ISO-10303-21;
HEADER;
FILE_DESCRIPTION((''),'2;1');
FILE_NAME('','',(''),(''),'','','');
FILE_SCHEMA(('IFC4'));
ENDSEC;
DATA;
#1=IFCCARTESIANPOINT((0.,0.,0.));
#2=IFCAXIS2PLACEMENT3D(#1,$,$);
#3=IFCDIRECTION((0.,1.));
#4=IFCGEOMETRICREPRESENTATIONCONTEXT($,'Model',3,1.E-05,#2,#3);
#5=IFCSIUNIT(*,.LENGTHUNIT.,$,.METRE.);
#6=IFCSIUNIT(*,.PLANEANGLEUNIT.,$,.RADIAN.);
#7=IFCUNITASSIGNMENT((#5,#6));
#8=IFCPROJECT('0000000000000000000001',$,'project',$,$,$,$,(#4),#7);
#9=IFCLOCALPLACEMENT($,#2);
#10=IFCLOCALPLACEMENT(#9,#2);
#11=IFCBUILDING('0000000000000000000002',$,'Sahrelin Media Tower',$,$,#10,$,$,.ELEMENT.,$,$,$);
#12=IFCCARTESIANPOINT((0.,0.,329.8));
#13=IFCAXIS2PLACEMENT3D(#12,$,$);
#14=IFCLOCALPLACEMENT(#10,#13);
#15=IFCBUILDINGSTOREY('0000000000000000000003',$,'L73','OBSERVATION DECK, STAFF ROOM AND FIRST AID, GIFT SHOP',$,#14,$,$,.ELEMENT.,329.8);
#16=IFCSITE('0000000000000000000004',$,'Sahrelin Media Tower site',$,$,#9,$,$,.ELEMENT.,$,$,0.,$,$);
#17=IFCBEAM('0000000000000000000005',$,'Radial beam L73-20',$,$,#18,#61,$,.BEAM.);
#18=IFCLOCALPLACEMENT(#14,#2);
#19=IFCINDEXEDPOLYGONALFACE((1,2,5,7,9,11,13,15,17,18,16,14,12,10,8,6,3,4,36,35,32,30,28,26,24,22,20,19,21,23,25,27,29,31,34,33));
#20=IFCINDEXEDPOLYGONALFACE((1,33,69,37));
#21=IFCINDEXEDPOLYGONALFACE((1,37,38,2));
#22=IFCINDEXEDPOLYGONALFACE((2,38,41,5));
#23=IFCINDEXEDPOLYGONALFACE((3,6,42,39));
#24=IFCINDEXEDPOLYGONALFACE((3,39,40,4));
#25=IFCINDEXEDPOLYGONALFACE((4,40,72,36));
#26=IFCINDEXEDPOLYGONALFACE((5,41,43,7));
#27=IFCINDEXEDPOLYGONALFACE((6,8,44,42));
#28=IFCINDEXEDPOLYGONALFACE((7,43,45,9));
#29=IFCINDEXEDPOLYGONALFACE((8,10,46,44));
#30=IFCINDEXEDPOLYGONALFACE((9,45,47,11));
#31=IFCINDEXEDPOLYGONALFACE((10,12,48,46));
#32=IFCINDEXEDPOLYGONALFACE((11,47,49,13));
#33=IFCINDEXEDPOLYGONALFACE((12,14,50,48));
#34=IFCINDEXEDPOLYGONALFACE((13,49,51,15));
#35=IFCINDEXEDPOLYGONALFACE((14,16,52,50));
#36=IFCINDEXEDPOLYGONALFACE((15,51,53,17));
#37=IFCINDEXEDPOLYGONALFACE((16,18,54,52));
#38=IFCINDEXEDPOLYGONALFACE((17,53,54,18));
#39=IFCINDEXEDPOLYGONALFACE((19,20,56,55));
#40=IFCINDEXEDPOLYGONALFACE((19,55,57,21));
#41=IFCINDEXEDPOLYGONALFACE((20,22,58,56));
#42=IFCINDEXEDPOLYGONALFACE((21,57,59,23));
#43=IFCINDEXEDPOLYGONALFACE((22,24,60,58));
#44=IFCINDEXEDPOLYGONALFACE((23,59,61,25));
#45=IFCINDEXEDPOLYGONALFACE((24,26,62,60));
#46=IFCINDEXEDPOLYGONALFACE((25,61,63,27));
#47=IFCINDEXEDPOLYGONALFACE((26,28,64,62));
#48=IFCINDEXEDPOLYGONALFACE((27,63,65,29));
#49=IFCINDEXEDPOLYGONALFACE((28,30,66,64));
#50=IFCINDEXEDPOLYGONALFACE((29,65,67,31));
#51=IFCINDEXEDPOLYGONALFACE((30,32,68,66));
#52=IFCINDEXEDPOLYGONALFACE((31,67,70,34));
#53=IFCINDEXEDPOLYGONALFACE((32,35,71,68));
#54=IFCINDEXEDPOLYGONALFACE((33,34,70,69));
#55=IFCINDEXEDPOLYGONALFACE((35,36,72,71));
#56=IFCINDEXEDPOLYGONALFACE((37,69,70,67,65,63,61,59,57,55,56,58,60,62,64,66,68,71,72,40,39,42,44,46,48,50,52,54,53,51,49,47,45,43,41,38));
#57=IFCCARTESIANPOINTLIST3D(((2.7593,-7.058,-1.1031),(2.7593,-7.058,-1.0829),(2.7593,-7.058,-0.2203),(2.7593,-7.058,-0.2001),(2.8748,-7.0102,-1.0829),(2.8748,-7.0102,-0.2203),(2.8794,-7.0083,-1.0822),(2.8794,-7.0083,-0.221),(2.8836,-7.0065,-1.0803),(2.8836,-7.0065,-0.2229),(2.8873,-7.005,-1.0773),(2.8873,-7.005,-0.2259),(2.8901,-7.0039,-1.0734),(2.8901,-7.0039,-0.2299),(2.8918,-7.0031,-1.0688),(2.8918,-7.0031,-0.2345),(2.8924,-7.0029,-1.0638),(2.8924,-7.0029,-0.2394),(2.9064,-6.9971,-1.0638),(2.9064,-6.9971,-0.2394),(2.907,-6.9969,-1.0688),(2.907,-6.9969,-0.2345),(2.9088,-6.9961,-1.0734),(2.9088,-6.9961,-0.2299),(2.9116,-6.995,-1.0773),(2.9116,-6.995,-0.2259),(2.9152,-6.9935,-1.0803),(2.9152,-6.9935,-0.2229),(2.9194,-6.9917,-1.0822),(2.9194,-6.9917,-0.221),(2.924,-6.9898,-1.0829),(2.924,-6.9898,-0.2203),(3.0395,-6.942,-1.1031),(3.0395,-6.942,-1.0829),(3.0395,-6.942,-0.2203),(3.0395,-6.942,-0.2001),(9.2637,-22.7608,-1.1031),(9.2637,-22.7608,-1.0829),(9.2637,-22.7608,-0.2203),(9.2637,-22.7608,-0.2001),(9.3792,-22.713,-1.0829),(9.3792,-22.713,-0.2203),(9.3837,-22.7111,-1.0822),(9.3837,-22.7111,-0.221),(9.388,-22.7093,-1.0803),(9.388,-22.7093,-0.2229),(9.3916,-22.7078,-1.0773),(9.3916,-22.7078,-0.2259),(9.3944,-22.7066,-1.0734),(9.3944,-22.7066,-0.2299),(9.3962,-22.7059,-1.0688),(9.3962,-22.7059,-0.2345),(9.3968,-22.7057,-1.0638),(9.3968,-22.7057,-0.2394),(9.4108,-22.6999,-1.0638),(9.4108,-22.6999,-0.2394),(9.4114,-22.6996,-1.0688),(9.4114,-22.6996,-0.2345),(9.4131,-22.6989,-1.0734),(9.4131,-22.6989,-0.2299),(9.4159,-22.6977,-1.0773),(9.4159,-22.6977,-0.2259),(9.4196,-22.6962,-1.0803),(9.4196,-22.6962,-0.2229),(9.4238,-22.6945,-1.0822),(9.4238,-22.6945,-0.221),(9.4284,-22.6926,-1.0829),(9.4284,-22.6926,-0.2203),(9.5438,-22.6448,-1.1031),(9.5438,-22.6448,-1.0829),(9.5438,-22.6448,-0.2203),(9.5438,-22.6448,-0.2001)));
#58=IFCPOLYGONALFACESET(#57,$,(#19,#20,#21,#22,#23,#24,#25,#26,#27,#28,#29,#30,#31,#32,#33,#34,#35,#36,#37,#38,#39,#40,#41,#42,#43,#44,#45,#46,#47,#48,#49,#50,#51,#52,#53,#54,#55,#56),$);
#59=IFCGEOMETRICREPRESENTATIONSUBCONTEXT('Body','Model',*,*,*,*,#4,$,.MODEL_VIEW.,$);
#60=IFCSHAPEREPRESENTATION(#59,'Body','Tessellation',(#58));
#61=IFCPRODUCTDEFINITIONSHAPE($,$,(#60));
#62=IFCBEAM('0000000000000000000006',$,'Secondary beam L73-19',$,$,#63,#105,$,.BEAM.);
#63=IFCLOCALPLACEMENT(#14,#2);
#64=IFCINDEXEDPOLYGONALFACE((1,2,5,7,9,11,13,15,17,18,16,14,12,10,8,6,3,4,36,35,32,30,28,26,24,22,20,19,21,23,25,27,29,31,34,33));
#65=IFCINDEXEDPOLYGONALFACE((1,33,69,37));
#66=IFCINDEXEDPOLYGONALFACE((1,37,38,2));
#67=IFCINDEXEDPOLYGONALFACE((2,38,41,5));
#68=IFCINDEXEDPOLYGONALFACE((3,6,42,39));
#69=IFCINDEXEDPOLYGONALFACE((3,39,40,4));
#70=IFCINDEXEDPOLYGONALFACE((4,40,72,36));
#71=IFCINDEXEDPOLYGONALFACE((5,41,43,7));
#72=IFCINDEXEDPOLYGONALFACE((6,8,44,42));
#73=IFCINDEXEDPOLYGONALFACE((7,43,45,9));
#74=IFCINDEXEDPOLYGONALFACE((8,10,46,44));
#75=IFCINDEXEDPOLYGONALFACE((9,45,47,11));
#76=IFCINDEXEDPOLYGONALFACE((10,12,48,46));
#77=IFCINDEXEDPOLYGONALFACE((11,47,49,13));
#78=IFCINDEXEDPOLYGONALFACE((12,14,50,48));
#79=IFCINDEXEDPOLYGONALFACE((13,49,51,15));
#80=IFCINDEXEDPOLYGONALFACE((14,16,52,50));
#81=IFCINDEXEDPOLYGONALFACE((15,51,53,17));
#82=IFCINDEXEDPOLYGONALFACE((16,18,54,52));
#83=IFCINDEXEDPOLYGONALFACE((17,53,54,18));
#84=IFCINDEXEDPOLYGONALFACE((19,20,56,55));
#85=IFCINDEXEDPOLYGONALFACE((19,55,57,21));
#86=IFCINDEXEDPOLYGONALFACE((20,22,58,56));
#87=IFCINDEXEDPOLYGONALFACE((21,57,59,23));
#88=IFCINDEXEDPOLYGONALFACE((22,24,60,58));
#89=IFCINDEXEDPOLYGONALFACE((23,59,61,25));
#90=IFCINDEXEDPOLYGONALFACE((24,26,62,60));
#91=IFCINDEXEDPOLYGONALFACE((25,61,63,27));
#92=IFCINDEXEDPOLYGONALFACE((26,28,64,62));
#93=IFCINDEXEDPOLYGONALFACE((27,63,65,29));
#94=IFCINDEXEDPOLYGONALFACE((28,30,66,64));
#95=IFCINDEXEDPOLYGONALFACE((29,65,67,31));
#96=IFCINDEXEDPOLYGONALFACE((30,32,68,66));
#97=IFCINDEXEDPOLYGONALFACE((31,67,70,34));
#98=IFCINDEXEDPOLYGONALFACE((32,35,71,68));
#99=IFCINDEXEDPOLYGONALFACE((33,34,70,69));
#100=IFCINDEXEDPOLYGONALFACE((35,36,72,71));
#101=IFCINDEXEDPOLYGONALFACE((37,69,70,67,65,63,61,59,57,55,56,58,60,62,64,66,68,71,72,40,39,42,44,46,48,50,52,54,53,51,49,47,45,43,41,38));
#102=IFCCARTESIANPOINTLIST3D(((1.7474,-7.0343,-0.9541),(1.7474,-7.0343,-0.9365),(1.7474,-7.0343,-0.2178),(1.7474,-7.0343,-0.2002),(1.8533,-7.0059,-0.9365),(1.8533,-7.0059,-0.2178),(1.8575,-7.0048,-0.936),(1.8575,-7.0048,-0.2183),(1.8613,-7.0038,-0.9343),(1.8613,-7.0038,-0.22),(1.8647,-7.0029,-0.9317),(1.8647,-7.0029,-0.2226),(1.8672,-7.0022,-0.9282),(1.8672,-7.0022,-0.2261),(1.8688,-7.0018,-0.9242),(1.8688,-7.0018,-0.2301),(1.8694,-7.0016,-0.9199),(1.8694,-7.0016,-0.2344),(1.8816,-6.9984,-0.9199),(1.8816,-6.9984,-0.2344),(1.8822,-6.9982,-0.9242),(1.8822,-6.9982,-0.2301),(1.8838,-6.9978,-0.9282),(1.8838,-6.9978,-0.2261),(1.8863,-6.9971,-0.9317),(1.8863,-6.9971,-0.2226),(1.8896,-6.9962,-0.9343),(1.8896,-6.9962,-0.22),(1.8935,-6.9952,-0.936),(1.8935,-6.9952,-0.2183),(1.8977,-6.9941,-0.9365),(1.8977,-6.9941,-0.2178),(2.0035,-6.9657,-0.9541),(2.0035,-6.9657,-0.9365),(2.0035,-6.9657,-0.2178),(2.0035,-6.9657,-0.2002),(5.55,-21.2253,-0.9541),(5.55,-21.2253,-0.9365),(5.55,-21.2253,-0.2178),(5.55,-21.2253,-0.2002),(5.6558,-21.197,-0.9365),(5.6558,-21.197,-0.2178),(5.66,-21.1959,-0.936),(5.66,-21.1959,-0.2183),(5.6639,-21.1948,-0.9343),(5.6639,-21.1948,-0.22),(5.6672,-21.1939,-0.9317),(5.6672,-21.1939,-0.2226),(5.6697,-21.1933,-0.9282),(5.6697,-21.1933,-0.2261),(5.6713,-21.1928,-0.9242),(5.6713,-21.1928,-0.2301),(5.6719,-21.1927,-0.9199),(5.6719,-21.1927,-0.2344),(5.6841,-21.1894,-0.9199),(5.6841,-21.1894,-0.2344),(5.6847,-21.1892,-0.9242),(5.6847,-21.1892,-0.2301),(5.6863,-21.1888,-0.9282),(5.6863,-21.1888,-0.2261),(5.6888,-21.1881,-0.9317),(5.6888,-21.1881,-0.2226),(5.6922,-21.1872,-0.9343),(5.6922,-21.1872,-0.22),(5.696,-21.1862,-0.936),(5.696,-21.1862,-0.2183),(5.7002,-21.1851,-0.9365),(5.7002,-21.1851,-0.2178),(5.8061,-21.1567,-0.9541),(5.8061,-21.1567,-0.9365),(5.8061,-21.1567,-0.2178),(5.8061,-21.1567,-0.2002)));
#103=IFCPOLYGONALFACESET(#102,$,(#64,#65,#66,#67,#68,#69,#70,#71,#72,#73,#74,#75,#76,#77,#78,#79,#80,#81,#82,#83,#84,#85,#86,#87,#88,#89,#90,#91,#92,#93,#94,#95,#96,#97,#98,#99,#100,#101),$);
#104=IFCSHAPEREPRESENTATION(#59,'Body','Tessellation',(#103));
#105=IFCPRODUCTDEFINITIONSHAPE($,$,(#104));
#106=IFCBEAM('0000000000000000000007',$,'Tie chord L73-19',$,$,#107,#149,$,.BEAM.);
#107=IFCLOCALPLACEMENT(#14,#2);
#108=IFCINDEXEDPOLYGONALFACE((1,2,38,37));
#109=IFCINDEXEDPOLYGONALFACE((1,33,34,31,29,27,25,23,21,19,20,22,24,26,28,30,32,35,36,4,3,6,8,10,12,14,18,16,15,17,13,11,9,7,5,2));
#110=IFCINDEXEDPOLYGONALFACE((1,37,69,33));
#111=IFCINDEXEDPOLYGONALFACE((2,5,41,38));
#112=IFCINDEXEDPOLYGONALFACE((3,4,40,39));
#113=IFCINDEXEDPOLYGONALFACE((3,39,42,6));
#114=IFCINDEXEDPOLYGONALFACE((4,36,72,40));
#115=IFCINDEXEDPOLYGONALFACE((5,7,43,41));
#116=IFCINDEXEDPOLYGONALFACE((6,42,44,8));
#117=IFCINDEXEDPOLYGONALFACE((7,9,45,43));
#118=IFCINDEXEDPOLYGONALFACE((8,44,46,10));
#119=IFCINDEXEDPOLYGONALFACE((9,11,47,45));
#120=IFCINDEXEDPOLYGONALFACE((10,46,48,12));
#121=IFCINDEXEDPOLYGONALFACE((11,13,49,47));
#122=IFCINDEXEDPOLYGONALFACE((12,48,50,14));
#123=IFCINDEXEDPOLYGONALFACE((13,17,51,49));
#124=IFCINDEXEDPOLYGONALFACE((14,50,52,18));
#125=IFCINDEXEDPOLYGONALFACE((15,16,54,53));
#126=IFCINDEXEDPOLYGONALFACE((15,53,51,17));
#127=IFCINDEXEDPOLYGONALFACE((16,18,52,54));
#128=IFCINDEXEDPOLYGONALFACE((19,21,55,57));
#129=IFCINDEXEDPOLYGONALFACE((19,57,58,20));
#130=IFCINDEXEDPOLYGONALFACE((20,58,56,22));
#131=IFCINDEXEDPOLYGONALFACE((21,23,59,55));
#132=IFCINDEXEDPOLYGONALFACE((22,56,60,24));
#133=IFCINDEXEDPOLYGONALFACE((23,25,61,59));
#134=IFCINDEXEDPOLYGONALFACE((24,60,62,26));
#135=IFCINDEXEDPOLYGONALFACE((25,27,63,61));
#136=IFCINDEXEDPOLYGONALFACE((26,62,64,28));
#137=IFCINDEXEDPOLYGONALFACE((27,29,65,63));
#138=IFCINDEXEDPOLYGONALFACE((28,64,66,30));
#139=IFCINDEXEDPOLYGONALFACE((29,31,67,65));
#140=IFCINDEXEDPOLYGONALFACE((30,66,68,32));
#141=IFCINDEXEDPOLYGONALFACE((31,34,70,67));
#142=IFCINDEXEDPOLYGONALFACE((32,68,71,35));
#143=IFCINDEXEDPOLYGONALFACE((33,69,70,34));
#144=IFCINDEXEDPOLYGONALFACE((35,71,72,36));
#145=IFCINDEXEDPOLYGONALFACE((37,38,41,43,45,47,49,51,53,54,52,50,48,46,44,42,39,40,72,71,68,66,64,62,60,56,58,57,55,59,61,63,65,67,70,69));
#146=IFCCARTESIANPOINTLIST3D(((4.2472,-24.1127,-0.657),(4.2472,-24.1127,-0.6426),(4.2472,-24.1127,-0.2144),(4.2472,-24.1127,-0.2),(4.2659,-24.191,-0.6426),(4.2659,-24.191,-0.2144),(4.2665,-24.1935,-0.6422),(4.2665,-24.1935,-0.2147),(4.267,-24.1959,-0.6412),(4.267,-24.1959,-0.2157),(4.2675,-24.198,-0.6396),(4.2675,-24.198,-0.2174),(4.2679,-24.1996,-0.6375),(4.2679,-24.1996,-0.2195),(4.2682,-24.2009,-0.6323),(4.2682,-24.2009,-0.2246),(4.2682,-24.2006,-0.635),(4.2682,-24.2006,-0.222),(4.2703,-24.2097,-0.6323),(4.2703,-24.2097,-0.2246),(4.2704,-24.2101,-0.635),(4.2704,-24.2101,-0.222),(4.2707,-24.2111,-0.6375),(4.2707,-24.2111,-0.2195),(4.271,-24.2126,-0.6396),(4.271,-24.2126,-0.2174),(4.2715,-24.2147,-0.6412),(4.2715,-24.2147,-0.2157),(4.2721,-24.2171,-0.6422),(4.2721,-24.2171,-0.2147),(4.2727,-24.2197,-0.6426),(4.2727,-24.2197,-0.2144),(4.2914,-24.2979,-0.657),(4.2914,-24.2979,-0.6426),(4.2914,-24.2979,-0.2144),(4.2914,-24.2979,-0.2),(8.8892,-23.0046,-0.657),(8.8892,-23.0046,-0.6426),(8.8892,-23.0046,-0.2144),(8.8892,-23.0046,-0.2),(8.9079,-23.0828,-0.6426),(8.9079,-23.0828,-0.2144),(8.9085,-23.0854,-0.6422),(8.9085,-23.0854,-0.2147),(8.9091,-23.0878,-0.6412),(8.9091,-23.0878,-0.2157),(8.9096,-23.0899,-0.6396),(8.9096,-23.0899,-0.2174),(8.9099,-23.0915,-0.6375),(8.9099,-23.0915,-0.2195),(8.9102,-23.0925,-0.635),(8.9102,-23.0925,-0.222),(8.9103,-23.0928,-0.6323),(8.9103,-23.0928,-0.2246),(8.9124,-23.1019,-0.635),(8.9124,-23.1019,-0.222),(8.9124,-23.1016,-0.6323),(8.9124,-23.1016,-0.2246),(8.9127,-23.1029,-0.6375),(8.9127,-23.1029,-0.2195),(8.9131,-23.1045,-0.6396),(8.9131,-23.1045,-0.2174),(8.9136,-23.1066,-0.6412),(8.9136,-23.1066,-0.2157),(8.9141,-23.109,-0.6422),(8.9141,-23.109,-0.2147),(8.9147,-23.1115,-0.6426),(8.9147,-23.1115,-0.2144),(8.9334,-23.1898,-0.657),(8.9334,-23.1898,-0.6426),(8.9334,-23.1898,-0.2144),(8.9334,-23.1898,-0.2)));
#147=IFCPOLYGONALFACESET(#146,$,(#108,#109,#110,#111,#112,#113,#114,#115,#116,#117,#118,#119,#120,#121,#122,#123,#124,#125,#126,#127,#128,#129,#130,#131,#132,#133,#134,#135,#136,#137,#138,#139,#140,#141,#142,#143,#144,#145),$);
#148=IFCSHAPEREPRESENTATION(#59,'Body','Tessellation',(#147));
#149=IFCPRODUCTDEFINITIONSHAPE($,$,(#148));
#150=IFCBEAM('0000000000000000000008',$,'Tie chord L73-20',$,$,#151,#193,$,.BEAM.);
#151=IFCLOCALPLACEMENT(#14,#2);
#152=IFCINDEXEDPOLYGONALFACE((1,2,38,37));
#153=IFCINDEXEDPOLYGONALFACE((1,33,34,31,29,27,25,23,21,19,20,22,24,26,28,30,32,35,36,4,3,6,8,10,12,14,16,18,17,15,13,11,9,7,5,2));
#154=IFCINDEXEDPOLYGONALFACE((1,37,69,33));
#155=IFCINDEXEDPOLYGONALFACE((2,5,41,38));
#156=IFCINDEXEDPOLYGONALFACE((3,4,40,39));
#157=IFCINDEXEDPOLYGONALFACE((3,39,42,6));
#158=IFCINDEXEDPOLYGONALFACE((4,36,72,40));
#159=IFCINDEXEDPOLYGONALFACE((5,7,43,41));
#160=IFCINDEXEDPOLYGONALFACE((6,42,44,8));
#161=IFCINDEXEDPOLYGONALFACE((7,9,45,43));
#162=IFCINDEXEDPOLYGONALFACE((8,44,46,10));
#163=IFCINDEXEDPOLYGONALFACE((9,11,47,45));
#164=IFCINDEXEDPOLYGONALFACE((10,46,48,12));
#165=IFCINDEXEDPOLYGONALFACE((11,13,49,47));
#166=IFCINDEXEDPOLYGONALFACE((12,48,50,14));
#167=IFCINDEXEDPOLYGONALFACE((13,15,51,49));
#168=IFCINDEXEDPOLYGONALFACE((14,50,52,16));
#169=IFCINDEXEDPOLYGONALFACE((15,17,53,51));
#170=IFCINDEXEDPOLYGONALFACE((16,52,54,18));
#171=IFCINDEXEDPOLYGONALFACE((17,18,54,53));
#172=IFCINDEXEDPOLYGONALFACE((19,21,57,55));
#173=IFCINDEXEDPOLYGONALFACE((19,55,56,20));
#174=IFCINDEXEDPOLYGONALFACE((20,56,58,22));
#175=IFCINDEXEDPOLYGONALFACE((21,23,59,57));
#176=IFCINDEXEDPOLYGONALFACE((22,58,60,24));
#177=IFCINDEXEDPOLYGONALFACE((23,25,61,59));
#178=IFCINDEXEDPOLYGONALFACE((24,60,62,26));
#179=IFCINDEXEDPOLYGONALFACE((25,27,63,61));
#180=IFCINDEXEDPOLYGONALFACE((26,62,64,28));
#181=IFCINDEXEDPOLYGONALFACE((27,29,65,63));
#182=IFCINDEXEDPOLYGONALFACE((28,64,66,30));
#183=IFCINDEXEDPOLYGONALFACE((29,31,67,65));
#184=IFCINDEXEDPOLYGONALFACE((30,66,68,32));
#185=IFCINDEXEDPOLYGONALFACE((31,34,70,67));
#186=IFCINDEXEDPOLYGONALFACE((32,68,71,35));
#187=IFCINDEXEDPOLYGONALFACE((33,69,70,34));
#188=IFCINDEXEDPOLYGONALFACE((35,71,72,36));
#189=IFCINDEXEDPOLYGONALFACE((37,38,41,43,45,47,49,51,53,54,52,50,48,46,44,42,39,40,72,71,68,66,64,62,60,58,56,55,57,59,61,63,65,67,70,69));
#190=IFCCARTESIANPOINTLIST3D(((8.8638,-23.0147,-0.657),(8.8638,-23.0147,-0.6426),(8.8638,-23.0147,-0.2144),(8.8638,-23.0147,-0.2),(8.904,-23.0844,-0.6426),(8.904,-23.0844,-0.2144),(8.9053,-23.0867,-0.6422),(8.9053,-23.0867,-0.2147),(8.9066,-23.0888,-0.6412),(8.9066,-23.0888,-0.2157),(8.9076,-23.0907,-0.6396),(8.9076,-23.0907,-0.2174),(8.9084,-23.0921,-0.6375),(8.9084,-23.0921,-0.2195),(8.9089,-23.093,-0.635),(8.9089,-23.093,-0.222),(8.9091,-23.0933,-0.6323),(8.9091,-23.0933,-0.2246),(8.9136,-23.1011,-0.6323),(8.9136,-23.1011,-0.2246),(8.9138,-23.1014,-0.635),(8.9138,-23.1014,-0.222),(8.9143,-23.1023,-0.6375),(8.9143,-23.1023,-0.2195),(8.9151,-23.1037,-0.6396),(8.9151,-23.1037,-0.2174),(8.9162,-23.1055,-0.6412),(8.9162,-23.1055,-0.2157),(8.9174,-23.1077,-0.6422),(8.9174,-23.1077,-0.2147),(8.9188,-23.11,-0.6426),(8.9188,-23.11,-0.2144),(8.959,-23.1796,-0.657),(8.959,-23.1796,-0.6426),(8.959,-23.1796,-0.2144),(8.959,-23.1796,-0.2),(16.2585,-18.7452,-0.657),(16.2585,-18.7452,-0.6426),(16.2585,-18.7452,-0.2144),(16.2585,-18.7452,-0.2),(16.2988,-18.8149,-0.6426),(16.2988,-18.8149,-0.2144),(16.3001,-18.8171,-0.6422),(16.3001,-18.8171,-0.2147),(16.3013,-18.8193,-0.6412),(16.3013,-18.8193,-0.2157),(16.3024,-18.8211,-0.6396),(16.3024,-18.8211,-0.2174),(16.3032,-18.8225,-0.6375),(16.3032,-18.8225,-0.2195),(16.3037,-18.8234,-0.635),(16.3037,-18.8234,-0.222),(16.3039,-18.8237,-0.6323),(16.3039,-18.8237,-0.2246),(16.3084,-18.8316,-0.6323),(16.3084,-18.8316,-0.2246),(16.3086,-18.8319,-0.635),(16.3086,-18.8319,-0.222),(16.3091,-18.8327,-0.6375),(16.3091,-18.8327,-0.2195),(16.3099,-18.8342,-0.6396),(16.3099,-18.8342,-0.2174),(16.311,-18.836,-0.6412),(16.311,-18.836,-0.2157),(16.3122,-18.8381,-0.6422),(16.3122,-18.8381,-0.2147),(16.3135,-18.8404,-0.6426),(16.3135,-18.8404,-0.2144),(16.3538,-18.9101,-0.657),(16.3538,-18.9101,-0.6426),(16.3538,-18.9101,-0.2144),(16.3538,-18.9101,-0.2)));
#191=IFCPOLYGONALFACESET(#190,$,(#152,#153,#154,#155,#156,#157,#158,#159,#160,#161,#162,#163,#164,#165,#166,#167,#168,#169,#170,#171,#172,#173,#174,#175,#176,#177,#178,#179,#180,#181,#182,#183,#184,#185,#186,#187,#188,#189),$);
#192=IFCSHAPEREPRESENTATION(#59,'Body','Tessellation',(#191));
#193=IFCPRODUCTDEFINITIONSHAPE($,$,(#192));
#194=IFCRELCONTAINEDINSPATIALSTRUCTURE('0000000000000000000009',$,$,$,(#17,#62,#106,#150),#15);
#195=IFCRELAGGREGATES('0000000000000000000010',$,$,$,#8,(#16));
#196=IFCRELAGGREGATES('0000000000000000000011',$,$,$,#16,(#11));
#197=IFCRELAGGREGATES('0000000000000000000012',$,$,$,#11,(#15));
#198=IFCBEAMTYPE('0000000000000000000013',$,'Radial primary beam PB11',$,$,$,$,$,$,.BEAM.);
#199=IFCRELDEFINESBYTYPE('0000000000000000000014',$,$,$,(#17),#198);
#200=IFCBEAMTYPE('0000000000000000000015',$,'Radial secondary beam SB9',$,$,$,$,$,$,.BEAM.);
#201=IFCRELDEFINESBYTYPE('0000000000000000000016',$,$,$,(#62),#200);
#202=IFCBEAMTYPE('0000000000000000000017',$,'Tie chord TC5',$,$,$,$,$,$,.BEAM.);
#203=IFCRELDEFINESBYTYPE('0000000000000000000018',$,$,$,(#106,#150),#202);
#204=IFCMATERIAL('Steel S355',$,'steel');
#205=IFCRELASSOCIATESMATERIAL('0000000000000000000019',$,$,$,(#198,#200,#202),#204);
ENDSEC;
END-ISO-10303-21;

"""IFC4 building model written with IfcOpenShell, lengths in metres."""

from ifc_helpers import new_model, si_unit, direction, frame, origin, origin_2d, place, context, subcontext, project, spatial, i_section, extrude, material, material_profile, profile_set, type_object, element, save


model = new_model("IFC4")

# Units and contexts
model_context = context("Model", 3, precision=1e-05, world=origin(), true_north=direction((0.0, 1.0)))
body_context = subcontext(model_context, "Body", "Model", "MODEL_VIEW")
ifc_project = project(units=[si_unit("LENGTHUNIT", "METRE"), si_unit("PLANEANGLEUNIT", "RADIAN")], contexts=[model_context])

# Site, building, storey
site_placement = place(None, origin())
site = spatial("IfcSite", under=ifc_project, at=site_placement, Name="Sahrelin Media Tower site", CompositionType="ELEMENT", RefElevation=0.0)
building_placement = place(site_placement, origin())
building = spatial("IfcBuilding", under=site, at=building_placement, Name="Sahrelin Media Tower", CompositionType="ELEMENT")
storey_placement = place(building_placement, frame((0.0, 0.0, 329.8)))
storey = spatial("IfcBuildingStorey", under=building, at=storey_placement, Name="L73", Description="OBSERVATION DECK, STAFF ROOM AND FIRST AID, GIFT SHOP", CompositionType="ELEMENT", Elevation=329.8)

# Shared definitions
ifc_material_1 = material(Name="Steel S355", Category="steel")

# Beams
ifc_material_profile_1 = material_profile(ifc_material_1, i_section(OverallWidth=0.3032, OverallDepth=0.9031, WebThickness=0.0151, FlangeThickness=0.0203, FilletRadius=0.019, at=origin_2d()), Name="UB 914x305x201")
ifc_profile_set_1 = profile_set([ifc_material_profile_1], Name="Steel S355")
beam_type_1 = type_object("IfcBeamType", Name="Radial primary beam PB11", PredefinedType="BEAM", material=ifc_profile_set_1)
beam_1_placement = place(storey_placement, frame((2.8994, -7.0, -0.6516), z_axis=(0.382686, -0.923879, 0.0), x_axis=(0.923879, 0.382686, 0.0)))
element("IfcBeam", 1, at=beam_1_placement, inside=storey, type_object=beam_type_1, Name="Radial beam L73-20", PredefinedType="BEAM", context=body_context, shape_type="SweptSolid", body=[
    extrude(i_section(OverallWidth=0.3032, OverallDepth=0.9031, WebThickness=0.0151, FlangeThickness=0.0203, FilletRadius=0.019, at=origin_2d()), origin(), (0.0, 0.0, 1.0), 16.9966),
])
ifc_material_profile_2 = material_profile(ifc_material_1, i_section(OverallWidth=0.2651, OverallDepth=0.7539, WebThickness=0.0127, FlangeThickness=0.0176, FilletRadius=0.0166, at=origin_2d()), Name="UB 762x267x147")
ifc_profile_set_2 = profile_set([ifc_material_profile_2], Name="Steel S355")
beam_type_2 = type_object("IfcBeamType", Name="Radial secondary beam SB9", PredefinedType="BEAM", material=ifc_profile_set_2)
beam_2_placement = place(storey_placement, frame((1.8755, -7.0, -0.5771), z_axis=(0.258822, -0.965925, 0.0), x_axis=(0.965925, 0.258822, 0.0)))
element("IfcBeam", 2, at=beam_2_placement, inside=storey, type_object=beam_type_2, Name="Secondary beam L73-19", PredefinedType="BEAM", context=body_context, shape_type="SweptSolid", body=[
    extrude(i_section(OverallWidth=0.2651, OverallDepth=0.7539, WebThickness=0.0127, FlangeThickness=0.0176, FilletRadius=0.0166, at=origin_2d()), origin(), (0.0, 0.0, 1.0), 14.6917),
])
ifc_material_profile_3 = material_profile(ifc_material_1, i_section(OverallWidth=0.1904, OverallDepth=0.457, WebThickness=0.009, FlangeThickness=0.0144, FilletRadius=0.0103, at=origin_2d()), Name="UB 457x191x74")
ifc_profile_set_3 = profile_set([ifc_material_profile_3], Name="Steel S355")
beam_type_3 = type_object("IfcBeamType", Name="Tie chord TC5", PredefinedType="BEAM", material=ifc_profile_set_3)
beam_3_placement = place(storey_placement, frame((4.2693, -24.2053, -0.4285), z_axis=(0.972669, 0.232195, 0.0), x_axis=(-0.232195, 0.972669, 0.0)))
element("IfcBeam", 3, at=beam_3_placement, inside=storey, type_object=beam_type_3, Name="Tie chord L73-19", PredefinedType="BEAM", context=body_context, shape_type="SweptSolid", body=[
    extrude(i_section(OverallWidth=0.1904, OverallDepth=0.457, WebThickness=0.009, FlangeThickness=0.0144, FilletRadius=0.0103, at=origin_2d()), origin(), (0.0, 0.0, 1.0), 4.7725),
])
beam_4_placement = place(storey_placement, frame((8.9114, -23.0972, -0.4285), z_axis=(0.866018, 0.500014, 0.0), x_axis=(-0.500014, 0.866018, 0.0)))
element("IfcBeam", 4, at=beam_4_placement, inside=storey, type_object=beam_type_3, Name="Tie chord L73-20", PredefinedType="BEAM", context=body_context, shape_type="SweptSolid", body=[
    extrude(i_section(OverallWidth=0.1904, OverallDepth=0.457, WebThickness=0.009, FlangeThickness=0.0144, FilletRadius=0.0103, at=origin_2d()), origin(), (0.0, 0.0, 1.0), 8.5388),
])

save(model, "model.ifc")
